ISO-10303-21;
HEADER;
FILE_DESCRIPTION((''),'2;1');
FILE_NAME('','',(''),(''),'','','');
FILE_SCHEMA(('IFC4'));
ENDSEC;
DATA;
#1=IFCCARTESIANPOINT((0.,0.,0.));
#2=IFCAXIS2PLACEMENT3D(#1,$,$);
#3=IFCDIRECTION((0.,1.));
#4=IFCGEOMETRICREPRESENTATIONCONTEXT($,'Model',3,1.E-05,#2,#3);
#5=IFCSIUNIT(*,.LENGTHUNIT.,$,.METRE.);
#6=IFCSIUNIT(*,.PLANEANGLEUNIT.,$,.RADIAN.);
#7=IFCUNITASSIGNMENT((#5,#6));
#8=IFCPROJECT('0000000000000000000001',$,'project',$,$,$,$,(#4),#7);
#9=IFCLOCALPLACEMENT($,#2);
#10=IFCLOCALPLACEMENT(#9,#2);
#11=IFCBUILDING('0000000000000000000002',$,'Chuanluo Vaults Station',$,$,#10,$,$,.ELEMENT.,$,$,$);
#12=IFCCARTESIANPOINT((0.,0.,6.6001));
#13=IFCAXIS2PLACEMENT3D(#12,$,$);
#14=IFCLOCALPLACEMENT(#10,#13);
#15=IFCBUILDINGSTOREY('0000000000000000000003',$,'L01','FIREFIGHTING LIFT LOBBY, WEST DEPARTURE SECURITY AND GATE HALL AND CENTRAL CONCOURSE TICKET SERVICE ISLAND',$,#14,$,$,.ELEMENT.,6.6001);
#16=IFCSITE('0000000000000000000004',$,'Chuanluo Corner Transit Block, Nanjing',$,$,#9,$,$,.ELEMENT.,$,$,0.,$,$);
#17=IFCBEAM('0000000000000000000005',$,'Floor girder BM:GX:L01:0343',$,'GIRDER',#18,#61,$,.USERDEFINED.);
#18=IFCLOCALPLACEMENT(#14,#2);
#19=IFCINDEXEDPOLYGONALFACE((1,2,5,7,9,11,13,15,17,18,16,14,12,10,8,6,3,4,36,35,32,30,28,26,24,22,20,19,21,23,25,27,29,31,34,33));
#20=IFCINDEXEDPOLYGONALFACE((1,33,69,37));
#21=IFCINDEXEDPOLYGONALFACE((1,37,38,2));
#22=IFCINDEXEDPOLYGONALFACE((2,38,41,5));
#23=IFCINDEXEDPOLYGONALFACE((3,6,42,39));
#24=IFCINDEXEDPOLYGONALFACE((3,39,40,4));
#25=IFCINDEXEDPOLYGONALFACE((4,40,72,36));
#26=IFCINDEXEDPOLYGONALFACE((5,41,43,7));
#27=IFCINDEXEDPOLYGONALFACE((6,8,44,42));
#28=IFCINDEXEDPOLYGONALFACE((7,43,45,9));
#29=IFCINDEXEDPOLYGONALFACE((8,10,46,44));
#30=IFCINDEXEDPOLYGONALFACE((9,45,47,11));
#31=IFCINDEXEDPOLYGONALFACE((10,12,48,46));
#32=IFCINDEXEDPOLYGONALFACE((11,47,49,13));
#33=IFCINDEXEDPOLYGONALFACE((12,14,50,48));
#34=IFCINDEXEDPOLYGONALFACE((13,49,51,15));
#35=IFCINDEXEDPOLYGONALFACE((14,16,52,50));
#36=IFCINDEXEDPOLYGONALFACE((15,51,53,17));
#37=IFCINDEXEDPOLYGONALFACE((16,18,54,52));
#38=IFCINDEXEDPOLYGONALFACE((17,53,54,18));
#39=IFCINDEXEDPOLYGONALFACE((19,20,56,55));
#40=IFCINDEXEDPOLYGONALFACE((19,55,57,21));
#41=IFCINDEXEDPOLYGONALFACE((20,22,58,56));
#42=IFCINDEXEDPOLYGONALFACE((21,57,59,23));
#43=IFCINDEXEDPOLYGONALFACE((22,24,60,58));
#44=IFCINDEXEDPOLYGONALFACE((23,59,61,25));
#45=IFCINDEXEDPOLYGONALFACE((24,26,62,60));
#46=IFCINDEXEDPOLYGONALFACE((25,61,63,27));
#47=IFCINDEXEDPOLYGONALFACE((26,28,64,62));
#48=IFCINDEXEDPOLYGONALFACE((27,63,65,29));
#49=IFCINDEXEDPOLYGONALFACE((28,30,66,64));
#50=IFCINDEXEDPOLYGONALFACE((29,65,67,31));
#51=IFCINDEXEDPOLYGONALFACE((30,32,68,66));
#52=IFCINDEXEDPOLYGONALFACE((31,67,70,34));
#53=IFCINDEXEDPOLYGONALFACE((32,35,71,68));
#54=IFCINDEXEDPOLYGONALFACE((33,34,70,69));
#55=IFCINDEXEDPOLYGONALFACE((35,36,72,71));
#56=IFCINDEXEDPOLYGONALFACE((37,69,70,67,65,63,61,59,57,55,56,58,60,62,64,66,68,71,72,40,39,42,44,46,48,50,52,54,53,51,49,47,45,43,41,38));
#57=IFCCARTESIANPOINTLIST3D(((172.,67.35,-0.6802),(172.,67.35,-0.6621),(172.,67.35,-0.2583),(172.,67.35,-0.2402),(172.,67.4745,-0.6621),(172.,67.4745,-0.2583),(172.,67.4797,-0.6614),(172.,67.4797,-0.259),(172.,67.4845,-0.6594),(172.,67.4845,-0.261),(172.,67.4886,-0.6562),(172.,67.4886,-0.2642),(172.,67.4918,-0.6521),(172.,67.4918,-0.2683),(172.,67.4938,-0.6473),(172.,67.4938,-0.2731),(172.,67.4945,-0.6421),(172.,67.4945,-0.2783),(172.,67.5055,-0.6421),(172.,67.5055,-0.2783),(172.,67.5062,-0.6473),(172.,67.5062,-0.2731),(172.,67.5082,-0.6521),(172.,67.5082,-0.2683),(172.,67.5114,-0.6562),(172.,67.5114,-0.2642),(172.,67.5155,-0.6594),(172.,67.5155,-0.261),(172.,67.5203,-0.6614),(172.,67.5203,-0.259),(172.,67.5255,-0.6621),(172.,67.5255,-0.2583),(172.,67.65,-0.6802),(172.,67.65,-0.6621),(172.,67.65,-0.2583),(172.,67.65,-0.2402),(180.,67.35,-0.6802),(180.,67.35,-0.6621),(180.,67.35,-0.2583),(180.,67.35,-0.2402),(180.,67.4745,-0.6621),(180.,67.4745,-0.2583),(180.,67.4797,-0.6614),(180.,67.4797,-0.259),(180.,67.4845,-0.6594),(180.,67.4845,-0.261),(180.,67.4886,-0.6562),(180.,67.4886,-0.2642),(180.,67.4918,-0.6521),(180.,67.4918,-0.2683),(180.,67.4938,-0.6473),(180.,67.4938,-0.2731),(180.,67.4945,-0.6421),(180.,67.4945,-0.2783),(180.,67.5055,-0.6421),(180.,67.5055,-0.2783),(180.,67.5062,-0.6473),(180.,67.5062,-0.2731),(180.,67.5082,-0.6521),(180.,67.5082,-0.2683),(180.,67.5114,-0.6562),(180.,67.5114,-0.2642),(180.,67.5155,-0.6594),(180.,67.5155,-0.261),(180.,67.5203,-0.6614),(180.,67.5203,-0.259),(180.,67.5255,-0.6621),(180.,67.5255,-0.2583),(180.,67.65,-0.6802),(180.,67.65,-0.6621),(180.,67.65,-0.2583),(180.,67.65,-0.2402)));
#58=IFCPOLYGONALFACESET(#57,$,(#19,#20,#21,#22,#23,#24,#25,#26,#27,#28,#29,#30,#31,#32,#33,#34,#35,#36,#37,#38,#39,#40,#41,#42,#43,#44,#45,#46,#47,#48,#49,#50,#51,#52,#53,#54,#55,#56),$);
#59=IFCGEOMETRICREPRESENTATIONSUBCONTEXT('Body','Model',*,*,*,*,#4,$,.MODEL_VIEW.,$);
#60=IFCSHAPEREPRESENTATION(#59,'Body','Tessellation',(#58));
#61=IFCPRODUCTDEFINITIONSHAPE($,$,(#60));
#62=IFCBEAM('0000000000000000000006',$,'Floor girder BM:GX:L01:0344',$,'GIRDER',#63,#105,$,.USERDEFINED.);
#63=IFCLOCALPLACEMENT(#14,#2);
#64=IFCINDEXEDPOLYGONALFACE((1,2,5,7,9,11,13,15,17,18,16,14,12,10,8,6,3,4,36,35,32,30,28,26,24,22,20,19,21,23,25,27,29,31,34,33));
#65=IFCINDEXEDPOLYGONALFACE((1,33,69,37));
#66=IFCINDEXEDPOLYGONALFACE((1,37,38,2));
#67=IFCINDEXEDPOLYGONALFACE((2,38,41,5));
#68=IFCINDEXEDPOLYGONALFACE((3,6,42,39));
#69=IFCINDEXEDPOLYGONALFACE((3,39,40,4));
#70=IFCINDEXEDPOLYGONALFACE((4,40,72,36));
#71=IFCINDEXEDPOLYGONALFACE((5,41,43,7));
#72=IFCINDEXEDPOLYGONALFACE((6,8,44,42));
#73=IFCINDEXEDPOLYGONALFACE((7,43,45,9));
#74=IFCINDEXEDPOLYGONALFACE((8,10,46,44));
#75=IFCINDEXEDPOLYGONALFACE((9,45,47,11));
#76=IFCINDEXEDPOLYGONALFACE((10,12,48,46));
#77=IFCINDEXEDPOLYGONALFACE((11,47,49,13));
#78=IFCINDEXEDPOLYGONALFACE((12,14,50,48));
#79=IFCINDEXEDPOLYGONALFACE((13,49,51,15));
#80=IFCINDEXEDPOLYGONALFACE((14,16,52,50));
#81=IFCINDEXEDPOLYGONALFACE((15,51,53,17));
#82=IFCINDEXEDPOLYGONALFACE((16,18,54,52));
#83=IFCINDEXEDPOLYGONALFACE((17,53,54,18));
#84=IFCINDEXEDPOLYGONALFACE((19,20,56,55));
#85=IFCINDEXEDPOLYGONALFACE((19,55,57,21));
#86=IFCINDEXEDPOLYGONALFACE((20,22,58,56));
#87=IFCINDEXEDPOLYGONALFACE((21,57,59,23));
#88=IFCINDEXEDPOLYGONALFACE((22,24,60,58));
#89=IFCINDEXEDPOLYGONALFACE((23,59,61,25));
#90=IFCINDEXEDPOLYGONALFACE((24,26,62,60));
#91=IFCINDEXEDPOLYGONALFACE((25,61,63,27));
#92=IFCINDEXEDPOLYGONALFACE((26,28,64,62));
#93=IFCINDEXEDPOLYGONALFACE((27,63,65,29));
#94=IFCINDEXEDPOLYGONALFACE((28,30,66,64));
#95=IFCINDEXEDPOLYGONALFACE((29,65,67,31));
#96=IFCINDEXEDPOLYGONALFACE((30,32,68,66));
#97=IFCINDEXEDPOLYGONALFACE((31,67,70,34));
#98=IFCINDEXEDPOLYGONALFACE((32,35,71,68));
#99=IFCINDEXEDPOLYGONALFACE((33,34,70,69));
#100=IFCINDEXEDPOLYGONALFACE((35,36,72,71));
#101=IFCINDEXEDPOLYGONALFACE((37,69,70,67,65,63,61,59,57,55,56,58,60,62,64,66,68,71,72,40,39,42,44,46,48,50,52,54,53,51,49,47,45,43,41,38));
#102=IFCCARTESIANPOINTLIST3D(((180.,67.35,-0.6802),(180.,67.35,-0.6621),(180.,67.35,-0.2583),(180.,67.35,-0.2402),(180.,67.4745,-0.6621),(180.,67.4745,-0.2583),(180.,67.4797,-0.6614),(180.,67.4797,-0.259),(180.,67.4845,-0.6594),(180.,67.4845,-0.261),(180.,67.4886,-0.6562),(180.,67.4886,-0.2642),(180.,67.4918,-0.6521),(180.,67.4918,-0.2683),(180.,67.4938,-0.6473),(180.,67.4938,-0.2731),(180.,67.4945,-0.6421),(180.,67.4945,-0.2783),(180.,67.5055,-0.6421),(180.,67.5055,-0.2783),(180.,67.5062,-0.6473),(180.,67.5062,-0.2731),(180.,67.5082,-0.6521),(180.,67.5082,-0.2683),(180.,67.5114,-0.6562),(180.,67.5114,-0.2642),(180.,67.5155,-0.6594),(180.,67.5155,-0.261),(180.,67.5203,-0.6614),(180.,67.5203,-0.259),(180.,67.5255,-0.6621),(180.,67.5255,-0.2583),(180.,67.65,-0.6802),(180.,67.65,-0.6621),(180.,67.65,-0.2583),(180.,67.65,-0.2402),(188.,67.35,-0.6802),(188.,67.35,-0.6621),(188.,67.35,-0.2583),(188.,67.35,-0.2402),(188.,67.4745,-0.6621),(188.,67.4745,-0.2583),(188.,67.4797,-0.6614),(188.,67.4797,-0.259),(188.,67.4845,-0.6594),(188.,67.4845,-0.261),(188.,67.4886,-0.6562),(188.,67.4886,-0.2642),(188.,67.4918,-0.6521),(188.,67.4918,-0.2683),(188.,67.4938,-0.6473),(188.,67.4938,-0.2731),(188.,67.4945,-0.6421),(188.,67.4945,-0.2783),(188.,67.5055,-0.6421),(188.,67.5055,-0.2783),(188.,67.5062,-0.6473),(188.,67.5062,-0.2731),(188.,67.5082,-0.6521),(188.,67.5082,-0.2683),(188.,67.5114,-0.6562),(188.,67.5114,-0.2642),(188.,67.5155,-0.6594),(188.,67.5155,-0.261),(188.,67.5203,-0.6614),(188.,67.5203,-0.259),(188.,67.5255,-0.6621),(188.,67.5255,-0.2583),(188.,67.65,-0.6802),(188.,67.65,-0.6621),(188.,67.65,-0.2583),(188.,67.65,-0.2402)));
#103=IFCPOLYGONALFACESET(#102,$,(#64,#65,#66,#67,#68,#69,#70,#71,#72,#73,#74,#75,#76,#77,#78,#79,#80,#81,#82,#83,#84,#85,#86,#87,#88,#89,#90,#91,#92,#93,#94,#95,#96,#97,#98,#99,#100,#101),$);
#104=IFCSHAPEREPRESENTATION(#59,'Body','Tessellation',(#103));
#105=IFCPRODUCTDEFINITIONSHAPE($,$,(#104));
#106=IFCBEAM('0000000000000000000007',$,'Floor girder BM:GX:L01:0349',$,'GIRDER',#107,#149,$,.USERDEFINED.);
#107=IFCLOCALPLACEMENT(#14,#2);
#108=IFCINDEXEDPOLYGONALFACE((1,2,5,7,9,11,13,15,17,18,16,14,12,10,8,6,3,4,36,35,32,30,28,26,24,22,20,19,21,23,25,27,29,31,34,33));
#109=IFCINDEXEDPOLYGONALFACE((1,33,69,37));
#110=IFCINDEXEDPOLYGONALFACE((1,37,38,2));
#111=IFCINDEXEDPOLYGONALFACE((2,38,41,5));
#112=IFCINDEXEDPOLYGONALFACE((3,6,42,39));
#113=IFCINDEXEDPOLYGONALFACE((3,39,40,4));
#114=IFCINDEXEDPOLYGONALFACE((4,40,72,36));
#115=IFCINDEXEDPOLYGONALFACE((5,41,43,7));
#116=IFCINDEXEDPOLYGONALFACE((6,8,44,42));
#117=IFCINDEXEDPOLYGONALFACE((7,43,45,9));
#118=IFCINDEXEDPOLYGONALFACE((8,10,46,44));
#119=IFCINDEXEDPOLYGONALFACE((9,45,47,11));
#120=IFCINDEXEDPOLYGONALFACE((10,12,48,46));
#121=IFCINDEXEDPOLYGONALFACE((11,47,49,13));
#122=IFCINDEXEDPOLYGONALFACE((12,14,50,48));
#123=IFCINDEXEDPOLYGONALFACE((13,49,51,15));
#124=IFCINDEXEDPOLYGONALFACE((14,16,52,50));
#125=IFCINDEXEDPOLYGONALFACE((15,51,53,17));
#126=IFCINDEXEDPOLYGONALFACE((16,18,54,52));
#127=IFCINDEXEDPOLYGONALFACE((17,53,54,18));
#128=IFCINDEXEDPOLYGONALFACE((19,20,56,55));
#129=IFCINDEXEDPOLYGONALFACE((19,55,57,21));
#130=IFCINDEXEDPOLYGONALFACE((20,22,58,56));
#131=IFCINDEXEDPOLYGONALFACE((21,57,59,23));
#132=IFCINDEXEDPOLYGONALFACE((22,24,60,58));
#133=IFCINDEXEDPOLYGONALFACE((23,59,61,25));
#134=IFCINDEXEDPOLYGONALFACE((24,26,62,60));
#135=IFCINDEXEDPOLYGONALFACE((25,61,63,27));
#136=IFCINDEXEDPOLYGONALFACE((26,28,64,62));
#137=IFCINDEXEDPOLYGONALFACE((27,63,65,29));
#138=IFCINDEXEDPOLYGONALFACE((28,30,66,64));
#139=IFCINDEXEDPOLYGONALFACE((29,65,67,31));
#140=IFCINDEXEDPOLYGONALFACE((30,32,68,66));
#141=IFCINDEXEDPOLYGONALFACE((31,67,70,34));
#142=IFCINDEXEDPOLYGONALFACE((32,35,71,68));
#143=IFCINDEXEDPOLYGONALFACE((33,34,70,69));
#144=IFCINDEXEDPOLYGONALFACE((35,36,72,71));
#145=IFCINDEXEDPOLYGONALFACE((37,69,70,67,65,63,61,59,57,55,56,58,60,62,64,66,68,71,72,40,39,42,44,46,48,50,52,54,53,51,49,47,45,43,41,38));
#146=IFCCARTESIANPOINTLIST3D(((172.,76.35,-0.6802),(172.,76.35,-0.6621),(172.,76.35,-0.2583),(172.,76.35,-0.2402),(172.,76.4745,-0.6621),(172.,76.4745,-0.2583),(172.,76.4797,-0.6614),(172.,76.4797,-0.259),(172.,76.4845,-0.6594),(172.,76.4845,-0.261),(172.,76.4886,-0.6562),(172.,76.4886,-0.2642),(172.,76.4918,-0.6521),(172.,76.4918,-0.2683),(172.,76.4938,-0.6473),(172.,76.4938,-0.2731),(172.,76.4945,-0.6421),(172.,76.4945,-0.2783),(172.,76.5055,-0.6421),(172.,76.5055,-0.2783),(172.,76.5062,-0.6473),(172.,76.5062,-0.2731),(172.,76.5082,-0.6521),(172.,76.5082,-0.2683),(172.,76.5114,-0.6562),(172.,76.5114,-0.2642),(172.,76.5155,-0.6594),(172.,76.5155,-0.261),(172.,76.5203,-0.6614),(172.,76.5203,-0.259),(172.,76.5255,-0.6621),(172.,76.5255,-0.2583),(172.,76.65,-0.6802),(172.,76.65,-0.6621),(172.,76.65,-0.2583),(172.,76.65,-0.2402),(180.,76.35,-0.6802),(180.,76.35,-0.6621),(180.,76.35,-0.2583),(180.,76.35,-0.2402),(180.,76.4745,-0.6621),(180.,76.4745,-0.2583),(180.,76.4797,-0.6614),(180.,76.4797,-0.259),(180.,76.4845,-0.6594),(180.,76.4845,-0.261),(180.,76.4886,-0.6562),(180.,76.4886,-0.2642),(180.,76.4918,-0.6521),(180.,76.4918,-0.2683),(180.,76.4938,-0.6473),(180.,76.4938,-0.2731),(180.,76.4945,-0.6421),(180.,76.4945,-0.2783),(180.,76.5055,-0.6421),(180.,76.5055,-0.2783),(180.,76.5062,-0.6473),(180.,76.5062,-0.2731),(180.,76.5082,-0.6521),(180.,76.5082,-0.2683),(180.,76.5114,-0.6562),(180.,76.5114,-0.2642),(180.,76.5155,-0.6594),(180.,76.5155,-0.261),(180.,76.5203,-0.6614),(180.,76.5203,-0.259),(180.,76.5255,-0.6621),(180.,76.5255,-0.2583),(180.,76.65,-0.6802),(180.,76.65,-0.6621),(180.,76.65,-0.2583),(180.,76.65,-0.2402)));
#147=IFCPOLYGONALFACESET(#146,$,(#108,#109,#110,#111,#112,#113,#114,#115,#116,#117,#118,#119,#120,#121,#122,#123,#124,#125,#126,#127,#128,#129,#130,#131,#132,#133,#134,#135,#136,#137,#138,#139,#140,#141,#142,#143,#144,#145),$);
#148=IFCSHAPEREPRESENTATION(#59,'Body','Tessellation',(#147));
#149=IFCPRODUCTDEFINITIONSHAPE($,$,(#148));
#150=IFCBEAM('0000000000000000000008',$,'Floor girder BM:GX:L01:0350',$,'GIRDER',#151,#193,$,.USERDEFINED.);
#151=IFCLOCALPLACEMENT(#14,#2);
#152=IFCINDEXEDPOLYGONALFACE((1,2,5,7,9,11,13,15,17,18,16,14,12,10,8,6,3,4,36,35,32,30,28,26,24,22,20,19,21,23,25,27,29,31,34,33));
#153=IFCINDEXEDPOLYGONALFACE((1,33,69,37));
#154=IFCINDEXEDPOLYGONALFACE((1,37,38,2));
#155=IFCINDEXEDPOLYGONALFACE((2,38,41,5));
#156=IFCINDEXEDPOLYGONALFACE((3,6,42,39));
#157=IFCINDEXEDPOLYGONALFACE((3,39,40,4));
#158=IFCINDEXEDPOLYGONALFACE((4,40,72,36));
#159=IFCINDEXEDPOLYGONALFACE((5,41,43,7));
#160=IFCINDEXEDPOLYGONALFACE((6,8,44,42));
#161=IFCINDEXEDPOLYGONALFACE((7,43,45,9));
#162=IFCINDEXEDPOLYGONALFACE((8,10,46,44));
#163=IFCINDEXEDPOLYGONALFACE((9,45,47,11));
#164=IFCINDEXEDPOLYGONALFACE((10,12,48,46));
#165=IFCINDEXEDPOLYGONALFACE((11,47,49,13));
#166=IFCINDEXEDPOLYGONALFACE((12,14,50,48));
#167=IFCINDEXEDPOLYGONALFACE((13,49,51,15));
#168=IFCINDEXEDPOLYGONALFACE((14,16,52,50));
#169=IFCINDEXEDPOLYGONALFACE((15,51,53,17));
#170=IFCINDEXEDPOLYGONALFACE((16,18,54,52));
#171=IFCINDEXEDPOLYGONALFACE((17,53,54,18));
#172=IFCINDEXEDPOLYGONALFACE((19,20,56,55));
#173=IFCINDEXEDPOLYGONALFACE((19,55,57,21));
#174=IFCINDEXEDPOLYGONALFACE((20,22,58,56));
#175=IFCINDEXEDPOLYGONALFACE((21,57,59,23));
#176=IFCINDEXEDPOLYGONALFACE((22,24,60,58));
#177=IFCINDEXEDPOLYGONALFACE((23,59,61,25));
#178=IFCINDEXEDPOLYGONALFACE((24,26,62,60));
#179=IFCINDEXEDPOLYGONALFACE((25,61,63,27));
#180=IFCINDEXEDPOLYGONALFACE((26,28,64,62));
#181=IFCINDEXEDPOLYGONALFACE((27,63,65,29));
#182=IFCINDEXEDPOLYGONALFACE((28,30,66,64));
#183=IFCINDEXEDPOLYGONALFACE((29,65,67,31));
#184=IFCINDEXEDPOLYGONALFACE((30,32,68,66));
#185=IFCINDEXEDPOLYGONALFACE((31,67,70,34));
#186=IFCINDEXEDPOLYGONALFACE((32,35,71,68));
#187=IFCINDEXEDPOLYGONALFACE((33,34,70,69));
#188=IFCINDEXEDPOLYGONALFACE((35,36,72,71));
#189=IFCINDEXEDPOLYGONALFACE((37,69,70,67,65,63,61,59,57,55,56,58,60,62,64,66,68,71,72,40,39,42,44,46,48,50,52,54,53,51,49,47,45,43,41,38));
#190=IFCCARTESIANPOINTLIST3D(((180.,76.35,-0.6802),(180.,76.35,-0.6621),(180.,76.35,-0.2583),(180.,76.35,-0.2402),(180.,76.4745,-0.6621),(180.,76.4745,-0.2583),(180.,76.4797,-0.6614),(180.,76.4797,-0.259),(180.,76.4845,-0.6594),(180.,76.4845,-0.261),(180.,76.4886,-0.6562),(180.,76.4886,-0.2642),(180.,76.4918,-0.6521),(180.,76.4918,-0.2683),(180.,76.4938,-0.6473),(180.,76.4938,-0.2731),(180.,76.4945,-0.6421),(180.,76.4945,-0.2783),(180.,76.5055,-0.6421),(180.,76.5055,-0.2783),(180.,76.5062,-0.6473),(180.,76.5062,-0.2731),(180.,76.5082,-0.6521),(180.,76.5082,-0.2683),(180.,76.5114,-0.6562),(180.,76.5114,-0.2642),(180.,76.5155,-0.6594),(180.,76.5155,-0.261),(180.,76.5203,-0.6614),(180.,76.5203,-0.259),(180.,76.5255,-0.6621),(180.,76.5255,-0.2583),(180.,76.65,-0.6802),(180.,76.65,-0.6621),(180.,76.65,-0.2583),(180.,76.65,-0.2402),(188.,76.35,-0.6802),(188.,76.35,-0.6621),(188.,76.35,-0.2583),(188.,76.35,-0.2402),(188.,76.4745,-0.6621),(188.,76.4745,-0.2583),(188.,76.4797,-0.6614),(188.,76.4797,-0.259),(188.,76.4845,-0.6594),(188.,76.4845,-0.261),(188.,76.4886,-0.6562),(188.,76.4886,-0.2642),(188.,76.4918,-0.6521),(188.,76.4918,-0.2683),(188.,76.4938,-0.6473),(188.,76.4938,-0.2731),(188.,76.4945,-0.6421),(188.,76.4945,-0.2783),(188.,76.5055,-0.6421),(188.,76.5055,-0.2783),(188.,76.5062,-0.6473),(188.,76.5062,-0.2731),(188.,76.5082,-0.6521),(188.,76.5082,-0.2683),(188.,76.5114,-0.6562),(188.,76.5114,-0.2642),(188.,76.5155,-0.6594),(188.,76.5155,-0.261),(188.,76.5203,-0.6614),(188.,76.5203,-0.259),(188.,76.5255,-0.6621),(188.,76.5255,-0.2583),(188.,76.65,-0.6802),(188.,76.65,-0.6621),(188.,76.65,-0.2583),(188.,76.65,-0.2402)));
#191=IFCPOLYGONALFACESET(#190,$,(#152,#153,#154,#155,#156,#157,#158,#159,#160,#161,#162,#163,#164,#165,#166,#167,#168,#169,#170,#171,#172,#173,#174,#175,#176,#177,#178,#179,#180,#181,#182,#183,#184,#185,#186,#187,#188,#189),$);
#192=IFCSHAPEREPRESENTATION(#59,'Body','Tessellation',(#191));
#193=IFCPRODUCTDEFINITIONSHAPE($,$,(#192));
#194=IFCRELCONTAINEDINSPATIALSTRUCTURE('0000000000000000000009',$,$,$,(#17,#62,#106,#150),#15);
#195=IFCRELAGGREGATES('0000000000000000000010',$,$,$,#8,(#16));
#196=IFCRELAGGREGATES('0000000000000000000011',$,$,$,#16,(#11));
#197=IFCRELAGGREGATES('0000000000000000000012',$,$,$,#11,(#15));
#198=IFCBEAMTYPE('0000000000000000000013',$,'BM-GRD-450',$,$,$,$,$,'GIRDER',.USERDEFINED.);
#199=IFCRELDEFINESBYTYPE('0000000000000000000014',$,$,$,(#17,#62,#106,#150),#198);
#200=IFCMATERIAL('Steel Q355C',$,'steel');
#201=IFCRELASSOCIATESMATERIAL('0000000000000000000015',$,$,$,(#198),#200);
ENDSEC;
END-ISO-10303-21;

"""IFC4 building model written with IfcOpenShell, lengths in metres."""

from ifc_helpers import new_model, si_unit, direction, frame, origin, origin_2d, place, context, subcontext, project, spatial, i_section, extrude, material, material_profile, profile_set, type_object, element, save


model = new_model("IFC4")

# Units and contexts
model_context = context("Model", 3, precision=1e-05, world=origin(), true_north=direction((0.0, 1.0)))
body_context = subcontext(model_context, "Body", "Model", "MODEL_VIEW")
ifc_project = project(units=[si_unit("LENGTHUNIT", "METRE"), si_unit("PLANEANGLEUNIT", "RADIAN")], contexts=[model_context])

# Site, building, storey
site_placement = place(None, origin())
site = spatial("IfcSite", under=ifc_project, at=site_placement, Name="Chuanluo Corner Transit Block, Nanjing", CompositionType="ELEMENT", RefElevation=0.0)
building_placement = place(site_placement, origin())
building = spatial("IfcBuilding", under=site, at=building_placement, Name="Chuanluo Vaults Station", CompositionType="ELEMENT")
storey_placement = place(building_placement, frame((0.0, 0.0, 6.6001)))
storey = spatial("IfcBuildingStorey", under=building, at=storey_placement, Name="L01", Description="FIREFIGHTING LIFT LOBBY, WEST DEPARTURE SECURITY AND GATE HALL AND CENTRAL CONCOURSE TICKET SERVICE ISLAND", CompositionType="ELEMENT", Elevation=6.6001)

# Beams
ifc_material_1 = material(Name="Steel Q355C", Category="steel")
ifc_material_profile_1 = material_profile(ifc_material_1, i_section(OverallWidth=0.3, OverallDepth=0.4399, WebThickness=0.011, FlangeThickness=0.0181, FilletRadius=0.02, at=origin_2d()))
ifc_profile_set_1 = profile_set([ifc_material_profile_1], Name="Steel Q355C")
beam_type_1 = type_object("IfcBeamType", Name="BM-GRD-450", ElementType="GIRDER", PredefinedType="USERDEFINED", material=ifc_profile_set_1)
for number, where, z_axis, x_axis, name in (
    (1, (172.0, 67.5, -0.4602), (1.0, 0.0, 0.0), (0.0, 1.0, 0.0), "Floor girder BM:GX:L01:0343"),
    (2, (180.0, 67.5, -0.4602), (1.0, 0.0, 0.0), (0.0, 1.0, 0.0), "Floor girder BM:GX:L01:0344"),
    (3, (172.0, 76.5, -0.4602), (1.0, 0.0, 0.0), (0.0, 1.0, 0.0), "Floor girder BM:GX:L01:0349"),
    (4, (180.0, 76.5, -0.4602), (1.0, 0.0, 0.0), (0.0, 1.0, 0.0), "Floor girder BM:GX:L01:0350"),
):
    element("IfcBeam", number, at=place(storey_placement, frame(where, z_axis=z_axis, x_axis=x_axis)), inside=storey, type_object=beam_type_1, Name=name, ObjectType="GIRDER", PredefinedType="USERDEFINED", context=body_context, shape_type="SweptSolid", body=[
        extrude(i_section(OverallWidth=0.3, OverallDepth=0.4399, WebThickness=0.011, FlangeThickness=0.0181, FilletRadius=0.02, at=origin_2d()), origin(), (0.0, 0.0, 1.0), 8.0),
    ])

save(model, "model.ifc")
